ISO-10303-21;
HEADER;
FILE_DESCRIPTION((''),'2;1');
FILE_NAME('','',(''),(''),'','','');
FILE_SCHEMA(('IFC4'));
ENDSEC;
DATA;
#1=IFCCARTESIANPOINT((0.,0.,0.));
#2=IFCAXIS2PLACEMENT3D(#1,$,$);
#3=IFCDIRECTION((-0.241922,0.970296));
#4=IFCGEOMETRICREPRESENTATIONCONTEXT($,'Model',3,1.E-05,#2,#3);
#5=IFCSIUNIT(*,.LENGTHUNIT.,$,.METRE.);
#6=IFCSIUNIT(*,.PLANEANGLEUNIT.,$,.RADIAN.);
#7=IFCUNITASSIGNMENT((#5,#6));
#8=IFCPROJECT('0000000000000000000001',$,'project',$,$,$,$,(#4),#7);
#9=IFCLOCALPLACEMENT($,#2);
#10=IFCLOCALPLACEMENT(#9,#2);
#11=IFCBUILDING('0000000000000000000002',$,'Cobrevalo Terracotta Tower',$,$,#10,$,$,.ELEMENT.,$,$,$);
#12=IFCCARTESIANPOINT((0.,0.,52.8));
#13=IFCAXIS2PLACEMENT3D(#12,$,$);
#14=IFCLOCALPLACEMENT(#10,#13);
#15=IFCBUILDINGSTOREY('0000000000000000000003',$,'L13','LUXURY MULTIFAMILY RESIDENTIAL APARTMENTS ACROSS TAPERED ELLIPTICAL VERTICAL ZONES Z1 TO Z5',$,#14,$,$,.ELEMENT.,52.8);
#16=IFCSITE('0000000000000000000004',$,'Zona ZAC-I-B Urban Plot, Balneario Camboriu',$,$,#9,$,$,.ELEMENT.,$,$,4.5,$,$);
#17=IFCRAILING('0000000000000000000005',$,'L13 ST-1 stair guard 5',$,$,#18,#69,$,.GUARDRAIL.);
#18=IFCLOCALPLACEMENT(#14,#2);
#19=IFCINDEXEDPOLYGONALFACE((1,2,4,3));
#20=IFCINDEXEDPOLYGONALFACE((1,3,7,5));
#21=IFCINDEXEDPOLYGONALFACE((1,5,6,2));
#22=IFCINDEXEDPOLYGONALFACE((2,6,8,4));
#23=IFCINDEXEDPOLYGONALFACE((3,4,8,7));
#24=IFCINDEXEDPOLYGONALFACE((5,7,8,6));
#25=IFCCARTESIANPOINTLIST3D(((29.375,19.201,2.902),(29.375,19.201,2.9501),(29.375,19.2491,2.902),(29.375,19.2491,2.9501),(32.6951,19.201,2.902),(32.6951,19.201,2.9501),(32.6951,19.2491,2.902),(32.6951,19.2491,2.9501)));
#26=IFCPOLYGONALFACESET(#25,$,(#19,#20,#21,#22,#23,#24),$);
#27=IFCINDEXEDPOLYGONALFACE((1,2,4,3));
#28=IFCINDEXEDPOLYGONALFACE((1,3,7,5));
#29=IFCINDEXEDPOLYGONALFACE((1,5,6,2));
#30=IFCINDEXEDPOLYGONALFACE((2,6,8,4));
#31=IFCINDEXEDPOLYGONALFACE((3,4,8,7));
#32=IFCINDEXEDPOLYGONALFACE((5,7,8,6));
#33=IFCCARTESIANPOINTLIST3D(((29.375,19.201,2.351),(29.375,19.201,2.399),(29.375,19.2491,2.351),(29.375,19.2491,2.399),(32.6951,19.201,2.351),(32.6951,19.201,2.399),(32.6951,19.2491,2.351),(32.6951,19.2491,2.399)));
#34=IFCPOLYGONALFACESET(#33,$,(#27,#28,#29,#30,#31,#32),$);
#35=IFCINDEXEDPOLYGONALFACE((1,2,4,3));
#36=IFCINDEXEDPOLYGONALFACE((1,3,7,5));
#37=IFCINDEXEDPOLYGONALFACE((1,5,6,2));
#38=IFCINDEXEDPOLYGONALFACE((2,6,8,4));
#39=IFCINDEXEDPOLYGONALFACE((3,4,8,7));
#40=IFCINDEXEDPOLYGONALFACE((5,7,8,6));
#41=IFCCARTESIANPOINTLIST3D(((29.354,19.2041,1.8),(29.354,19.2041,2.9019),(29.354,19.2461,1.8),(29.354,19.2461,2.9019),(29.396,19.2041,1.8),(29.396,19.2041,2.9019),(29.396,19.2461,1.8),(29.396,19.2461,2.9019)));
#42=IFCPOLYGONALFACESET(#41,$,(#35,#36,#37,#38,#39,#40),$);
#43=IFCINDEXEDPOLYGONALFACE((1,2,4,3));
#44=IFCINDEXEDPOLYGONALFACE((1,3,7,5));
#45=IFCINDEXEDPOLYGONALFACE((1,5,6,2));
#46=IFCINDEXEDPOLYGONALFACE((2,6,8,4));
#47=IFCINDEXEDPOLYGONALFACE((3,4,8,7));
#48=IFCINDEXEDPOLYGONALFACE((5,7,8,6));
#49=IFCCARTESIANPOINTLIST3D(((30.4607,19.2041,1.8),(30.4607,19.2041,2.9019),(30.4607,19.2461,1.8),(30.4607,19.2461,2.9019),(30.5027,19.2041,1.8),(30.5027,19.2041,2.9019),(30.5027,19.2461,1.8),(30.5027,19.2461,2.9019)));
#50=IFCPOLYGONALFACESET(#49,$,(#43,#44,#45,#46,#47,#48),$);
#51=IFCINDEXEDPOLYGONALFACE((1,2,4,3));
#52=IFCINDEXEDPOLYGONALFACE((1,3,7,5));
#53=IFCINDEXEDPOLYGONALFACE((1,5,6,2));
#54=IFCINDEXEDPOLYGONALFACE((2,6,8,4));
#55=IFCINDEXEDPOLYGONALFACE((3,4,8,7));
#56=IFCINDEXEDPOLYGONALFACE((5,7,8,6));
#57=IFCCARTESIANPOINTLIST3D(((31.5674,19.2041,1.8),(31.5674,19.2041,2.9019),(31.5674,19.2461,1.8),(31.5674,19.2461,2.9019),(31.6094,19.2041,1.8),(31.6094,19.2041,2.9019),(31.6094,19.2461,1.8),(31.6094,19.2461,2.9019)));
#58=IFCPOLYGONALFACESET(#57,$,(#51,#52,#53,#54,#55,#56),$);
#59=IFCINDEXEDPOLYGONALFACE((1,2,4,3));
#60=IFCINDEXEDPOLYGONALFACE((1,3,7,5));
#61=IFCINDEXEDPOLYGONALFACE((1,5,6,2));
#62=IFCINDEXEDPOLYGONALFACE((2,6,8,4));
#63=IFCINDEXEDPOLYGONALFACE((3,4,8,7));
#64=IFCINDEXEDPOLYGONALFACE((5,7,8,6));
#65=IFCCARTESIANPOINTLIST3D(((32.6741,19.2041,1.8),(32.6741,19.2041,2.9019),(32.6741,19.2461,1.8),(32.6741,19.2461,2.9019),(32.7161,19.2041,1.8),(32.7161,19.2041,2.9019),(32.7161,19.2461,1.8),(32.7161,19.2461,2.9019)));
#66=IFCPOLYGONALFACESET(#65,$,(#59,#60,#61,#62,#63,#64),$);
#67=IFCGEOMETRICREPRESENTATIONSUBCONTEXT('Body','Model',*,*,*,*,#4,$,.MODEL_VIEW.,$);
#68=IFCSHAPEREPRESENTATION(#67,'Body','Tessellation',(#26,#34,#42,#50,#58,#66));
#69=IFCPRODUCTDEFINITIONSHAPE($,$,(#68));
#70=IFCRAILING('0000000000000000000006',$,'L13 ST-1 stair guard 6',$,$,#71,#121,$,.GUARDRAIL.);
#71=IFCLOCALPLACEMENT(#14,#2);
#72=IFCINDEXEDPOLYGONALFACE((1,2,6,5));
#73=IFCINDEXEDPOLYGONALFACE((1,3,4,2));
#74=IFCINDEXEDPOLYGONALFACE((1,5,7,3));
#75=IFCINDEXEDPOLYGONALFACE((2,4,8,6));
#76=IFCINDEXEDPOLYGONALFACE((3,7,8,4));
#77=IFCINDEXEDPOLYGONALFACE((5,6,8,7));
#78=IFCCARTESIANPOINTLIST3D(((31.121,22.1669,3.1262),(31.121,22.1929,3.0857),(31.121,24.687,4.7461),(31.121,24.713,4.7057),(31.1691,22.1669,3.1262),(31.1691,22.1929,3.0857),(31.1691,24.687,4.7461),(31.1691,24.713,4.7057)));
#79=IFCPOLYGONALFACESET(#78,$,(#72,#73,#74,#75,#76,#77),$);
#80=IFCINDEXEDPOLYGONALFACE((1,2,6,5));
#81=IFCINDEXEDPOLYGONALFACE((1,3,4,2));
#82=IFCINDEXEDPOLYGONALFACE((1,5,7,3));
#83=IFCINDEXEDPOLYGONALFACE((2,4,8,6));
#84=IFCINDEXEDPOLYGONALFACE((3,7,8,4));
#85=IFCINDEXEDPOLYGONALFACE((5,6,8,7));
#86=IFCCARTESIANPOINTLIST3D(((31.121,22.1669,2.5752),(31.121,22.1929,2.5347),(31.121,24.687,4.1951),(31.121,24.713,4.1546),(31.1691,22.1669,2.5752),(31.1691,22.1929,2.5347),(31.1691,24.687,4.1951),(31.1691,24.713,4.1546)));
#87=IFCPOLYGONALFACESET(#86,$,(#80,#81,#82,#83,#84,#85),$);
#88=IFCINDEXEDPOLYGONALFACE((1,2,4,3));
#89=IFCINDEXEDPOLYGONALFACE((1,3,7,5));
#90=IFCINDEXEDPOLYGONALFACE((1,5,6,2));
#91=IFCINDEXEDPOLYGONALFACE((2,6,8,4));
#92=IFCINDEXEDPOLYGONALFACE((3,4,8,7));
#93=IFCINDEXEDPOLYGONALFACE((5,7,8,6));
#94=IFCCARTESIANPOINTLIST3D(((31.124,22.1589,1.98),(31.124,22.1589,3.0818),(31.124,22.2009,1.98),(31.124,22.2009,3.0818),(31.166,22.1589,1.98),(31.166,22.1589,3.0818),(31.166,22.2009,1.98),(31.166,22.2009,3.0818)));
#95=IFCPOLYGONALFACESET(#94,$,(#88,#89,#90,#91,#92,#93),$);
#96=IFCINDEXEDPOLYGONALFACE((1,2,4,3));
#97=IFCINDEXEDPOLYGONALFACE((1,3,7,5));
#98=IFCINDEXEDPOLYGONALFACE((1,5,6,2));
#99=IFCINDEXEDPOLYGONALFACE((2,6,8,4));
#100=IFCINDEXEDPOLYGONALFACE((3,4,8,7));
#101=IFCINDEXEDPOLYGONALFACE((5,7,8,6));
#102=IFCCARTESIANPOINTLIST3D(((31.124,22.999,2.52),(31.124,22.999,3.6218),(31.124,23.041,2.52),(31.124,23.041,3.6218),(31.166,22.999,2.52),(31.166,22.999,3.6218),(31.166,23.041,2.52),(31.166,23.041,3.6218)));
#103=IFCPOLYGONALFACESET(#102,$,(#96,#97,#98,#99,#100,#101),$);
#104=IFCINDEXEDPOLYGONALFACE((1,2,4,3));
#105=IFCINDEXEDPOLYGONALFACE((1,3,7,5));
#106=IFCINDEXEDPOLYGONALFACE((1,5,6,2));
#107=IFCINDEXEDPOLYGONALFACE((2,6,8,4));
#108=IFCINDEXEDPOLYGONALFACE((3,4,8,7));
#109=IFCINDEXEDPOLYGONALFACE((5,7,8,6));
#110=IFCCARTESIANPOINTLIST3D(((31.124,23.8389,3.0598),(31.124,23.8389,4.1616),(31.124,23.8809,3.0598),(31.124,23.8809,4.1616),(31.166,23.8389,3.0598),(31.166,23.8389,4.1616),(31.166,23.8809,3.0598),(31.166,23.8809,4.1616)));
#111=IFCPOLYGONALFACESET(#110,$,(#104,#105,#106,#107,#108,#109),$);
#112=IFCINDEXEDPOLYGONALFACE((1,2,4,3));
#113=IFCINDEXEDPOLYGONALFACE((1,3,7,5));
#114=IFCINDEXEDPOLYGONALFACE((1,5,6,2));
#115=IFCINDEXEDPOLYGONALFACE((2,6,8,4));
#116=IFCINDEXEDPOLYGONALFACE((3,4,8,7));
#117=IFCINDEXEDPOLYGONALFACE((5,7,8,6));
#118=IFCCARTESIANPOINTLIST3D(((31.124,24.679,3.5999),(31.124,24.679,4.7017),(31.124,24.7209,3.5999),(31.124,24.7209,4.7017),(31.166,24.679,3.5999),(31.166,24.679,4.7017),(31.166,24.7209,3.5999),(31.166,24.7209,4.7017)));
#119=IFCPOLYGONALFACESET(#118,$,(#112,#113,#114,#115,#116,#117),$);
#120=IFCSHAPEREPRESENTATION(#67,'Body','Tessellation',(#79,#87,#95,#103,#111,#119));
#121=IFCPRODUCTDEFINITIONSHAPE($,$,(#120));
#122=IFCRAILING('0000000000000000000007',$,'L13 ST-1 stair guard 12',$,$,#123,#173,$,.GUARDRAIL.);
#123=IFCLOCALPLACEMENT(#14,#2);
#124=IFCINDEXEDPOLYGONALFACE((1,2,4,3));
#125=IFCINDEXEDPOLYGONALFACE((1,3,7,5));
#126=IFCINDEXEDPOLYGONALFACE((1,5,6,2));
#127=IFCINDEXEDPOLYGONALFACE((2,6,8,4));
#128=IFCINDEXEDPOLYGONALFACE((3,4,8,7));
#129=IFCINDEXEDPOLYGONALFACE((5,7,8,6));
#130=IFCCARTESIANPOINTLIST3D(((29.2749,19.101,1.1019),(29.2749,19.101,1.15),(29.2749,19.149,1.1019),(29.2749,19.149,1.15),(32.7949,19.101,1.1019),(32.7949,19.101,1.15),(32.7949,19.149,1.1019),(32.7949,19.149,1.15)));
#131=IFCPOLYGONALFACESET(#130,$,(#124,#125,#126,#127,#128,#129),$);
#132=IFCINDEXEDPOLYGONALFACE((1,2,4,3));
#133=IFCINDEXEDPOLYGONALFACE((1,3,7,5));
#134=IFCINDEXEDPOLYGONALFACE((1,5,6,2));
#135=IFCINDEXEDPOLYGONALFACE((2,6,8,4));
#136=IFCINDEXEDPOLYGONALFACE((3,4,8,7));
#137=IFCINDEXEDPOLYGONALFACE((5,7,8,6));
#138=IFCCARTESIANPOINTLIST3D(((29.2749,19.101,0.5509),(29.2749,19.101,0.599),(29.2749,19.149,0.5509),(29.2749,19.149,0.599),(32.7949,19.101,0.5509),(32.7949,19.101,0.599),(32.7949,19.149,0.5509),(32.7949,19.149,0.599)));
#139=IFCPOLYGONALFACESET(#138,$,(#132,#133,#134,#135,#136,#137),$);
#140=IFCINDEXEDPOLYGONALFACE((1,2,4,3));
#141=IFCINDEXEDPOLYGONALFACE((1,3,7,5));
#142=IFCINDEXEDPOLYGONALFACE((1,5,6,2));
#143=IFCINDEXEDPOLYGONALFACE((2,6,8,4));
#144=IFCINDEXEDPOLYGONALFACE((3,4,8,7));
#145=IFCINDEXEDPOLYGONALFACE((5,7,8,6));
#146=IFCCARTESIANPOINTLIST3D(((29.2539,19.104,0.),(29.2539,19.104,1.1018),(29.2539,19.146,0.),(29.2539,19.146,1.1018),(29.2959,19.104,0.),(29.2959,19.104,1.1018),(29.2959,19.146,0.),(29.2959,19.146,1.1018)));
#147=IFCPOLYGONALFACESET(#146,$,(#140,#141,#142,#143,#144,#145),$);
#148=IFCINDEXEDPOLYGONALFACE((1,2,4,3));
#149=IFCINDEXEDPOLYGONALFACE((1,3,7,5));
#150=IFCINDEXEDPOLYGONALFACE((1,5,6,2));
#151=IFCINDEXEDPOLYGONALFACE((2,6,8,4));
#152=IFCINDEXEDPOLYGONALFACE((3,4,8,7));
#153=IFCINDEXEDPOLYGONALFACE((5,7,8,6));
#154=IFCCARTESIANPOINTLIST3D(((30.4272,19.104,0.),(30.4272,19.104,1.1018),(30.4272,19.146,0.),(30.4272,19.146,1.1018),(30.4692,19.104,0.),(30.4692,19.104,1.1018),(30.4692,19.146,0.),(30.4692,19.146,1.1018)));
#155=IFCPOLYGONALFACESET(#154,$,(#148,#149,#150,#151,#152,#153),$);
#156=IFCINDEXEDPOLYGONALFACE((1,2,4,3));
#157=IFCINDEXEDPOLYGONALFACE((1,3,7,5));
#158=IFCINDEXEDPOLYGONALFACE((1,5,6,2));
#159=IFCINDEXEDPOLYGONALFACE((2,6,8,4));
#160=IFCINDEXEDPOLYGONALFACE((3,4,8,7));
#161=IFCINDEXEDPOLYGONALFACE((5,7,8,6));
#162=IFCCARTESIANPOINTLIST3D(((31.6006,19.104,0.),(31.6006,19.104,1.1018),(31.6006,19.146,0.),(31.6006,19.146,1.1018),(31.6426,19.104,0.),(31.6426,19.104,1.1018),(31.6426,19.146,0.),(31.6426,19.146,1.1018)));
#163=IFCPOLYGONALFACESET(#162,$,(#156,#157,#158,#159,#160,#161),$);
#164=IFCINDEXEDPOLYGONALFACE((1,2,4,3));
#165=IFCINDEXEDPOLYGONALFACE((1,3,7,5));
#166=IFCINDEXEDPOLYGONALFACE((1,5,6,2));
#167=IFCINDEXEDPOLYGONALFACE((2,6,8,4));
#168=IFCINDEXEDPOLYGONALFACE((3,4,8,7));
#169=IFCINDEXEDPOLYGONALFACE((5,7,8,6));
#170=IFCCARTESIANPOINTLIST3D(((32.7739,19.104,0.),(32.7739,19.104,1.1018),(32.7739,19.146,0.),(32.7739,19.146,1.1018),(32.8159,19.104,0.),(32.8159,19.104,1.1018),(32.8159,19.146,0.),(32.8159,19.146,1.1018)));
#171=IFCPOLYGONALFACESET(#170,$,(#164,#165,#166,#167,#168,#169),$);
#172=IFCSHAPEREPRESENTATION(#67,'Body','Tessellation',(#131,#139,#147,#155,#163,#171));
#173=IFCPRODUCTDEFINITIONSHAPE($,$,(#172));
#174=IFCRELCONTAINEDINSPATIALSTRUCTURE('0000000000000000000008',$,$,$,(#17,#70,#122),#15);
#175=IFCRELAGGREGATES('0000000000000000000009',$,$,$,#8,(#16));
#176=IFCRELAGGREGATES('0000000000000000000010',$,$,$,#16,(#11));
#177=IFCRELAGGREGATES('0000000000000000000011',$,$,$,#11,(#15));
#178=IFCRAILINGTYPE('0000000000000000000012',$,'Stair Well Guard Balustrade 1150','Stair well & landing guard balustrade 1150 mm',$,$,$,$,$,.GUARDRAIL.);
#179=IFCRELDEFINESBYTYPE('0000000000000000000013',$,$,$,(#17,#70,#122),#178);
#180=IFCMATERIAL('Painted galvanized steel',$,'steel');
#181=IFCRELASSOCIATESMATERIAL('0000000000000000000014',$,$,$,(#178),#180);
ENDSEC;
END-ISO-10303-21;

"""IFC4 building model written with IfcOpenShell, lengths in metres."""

from ifc_helpers import new_model, si_unit, direction, frame, origin, origin_2d, place, context, subcontext, project, spatial, rectangle, extrude, material, type_object, element, save


model = new_model("IFC4")

# Units and contexts
model_context = context("Model", 3, precision=1e-05, world=origin(), true_north=direction((-0.241922, 0.970296)))
body_context = subcontext(model_context, "Body", "Model", "MODEL_VIEW")
ifc_project = project(units=[si_unit("LENGTHUNIT", "METRE"), si_unit("PLANEANGLEUNIT", "RADIAN")], contexts=[model_context])

# Site, building, storey
site_placement = place(None, origin())
site = spatial("IfcSite", under=ifc_project, at=site_placement, Name="Zona ZAC-I-B Urban Plot, Balneario Camboriu", CompositionType="ELEMENT", RefElevation=4.5)
building_placement = place(site_placement, origin())
building = spatial("IfcBuilding", under=site, at=building_placement, Name="Cobrevalo Terracotta Tower", CompositionType="ELEMENT")
storey_placement = place(building_placement, frame((0.0, 0.0, 52.8)))
storey = spatial("IfcBuildingStorey", under=building, at=storey_placement, Name="L13", Description="LUXURY MULTIFAMILY RESIDENTIAL APARTMENTS ACROSS TAPERED ELLIPTICAL VERTICAL ZONES Z1 TO Z5", CompositionType="ELEMENT", Elevation=52.8)

# Railings
ifc_material_1 = material(Name="Painted galvanized steel", Category="steel")
railing_type_1 = type_object("IfcRailingType", Name="Stair Well Guard Balustrade 1150", Description="Stair well & landing guard balustrade 1150 mm", PredefinedType="GUARDRAIL", material=ifc_material_1)
railing_1_placement = place(storey_placement, frame((29.375, 19.2251, 1.8)))
element("IfcRailing", 1, at=railing_1_placement, inside=storey, type_object=railing_type_1, Name="L13 ST-1 stair guard 5", PredefinedType="GUARDRAIL", context=body_context, shape_type="SweptSolid", body=[
    extrude(rectangle(XDim=0.0481, YDim=0.0481, at=origin_2d()), frame((0.0, 0.0, 1.126), z_axis=(1.0, 0.0, 0.0), x_axis=(0.0, 1.0, 0.0)), (0.0, 0.0, 1.0), 3.3201),
    extrude(rectangle(XDim=0.0481, YDim=0.0481, at=origin_2d()), frame((0.0, 0.0, 0.575), z_axis=(1.0, 0.0, 0.0), x_axis=(0.0, 1.0, 0.0)), (0.0, 0.0, 1.0), 3.3201),
    extrude(rectangle(XDim=0.042, YDim=0.042, at=origin_2d()), origin(), (0.0, 0.0, 1.0), 1.1018),
    extrude(rectangle(XDim=0.042, YDim=0.042, at=origin_2d()), frame((1.1067, 0.0, 0.0)), (0.0, 0.0, 1.0), 1.1018),
    extrude(rectangle(XDim=0.042, YDim=0.042, at=origin_2d()), frame((2.2134, 0.0, 0.0)), (0.0, 0.0, 1.0), 1.1018),
    extrude(rectangle(XDim=0.042, YDim=0.042, at=origin_2d()), frame((3.3201, 0.0, 0.0)), (0.0, 0.0, 1.0), 1.1018),
])
railing_2_placement = place(storey_placement, frame((31.145, 22.1799, 1.98)))
element("IfcRailing", 2, at=railing_2_placement, inside=storey, type_object=railing_type_1, Name="L13 ST-1 stair guard 6", PredefinedType="GUARDRAIL", context=body_context, shape_type="SweptSolid", body=[
    extrude(rectangle(XDim=0.0481, YDim=0.0481, at=origin_2d()), frame((0.0, 0.0, 1.126), z_axis=(0.0, 0.8412, 0.540725), x_axis=(-1.0, 0.0, 0.0)), (0.0, 0.0, 1.0), 2.9958),
    extrude(rectangle(XDim=0.0481, YDim=0.0481, at=origin_2d()), frame((0.0, 0.0, 0.575), z_axis=(0.0, 0.8412, 0.540725), x_axis=(-1.0, 0.0, 0.0)), (0.0, 0.0, 1.0), 2.9958),
    extrude(rectangle(XDim=0.042, YDim=0.042, at=origin_2d()), origin(), (0.0, 0.0, 1.0), 1.1018),
    extrude(rectangle(XDim=0.042, YDim=0.042, at=origin_2d()), frame((0.0, 0.8401, 0.54)), (0.0, 0.0, 1.0), 1.1018),
    extrude(rectangle(XDim=0.042, YDim=0.042, at=origin_2d()), frame((0.0, 1.6799, 1.0798)), (0.0, 0.0, 1.0), 1.1018),
    extrude(rectangle(XDim=0.042, YDim=0.042, at=origin_2d()), frame((0.0, 2.52, 1.6199)), (0.0, 0.0, 1.0), 1.1018),
])
railing_3_placement = place(storey_placement, frame((29.2749, 19.125, 0.0)))
element("IfcRailing", 3, at=railing_3_placement, inside=storey, type_object=railing_type_1, Name="L13 ST-1 stair guard 12", PredefinedType="GUARDRAIL", context=body_context, shape_type="SweptSolid", body=[
    extrude(rectangle(XDim=0.0481, YDim=0.0481, at=origin_2d()), frame((0.0, 0.0, 1.126), z_axis=(1.0, 0.0, 0.0), x_axis=(0.0, 1.0, 0.0)), (0.0, 0.0, 1.0), 3.52),
    extrude(rectangle(XDim=0.0481, YDim=0.0481, at=origin_2d()), frame((0.0, 0.0, 0.575), z_axis=(1.0, 0.0, 0.0), x_axis=(0.0, 1.0, 0.0)), (0.0, 0.0, 1.0), 3.52),
    extrude(rectangle(XDim=0.042, YDim=0.042, at=origin_2d()), origin(), (0.0, 0.0, 1.0), 1.1018),
    extrude(rectangle(XDim=0.042, YDim=0.042, at=origin_2d()), frame((1.1733, 0.0, 0.0)), (0.0, 0.0, 1.0), 1.1018),
    extrude(rectangle(XDim=0.042, YDim=0.042, at=origin_2d()), frame((2.3467, 0.0, 0.0)), (0.0, 0.0, 1.0), 1.1018),
    extrude(rectangle(XDim=0.042, YDim=0.042, at=origin_2d()), frame((3.52, 0.0, 0.0)), (0.0, 0.0, 1.0), 1.1018),
])

save(model, "model.ifc")
